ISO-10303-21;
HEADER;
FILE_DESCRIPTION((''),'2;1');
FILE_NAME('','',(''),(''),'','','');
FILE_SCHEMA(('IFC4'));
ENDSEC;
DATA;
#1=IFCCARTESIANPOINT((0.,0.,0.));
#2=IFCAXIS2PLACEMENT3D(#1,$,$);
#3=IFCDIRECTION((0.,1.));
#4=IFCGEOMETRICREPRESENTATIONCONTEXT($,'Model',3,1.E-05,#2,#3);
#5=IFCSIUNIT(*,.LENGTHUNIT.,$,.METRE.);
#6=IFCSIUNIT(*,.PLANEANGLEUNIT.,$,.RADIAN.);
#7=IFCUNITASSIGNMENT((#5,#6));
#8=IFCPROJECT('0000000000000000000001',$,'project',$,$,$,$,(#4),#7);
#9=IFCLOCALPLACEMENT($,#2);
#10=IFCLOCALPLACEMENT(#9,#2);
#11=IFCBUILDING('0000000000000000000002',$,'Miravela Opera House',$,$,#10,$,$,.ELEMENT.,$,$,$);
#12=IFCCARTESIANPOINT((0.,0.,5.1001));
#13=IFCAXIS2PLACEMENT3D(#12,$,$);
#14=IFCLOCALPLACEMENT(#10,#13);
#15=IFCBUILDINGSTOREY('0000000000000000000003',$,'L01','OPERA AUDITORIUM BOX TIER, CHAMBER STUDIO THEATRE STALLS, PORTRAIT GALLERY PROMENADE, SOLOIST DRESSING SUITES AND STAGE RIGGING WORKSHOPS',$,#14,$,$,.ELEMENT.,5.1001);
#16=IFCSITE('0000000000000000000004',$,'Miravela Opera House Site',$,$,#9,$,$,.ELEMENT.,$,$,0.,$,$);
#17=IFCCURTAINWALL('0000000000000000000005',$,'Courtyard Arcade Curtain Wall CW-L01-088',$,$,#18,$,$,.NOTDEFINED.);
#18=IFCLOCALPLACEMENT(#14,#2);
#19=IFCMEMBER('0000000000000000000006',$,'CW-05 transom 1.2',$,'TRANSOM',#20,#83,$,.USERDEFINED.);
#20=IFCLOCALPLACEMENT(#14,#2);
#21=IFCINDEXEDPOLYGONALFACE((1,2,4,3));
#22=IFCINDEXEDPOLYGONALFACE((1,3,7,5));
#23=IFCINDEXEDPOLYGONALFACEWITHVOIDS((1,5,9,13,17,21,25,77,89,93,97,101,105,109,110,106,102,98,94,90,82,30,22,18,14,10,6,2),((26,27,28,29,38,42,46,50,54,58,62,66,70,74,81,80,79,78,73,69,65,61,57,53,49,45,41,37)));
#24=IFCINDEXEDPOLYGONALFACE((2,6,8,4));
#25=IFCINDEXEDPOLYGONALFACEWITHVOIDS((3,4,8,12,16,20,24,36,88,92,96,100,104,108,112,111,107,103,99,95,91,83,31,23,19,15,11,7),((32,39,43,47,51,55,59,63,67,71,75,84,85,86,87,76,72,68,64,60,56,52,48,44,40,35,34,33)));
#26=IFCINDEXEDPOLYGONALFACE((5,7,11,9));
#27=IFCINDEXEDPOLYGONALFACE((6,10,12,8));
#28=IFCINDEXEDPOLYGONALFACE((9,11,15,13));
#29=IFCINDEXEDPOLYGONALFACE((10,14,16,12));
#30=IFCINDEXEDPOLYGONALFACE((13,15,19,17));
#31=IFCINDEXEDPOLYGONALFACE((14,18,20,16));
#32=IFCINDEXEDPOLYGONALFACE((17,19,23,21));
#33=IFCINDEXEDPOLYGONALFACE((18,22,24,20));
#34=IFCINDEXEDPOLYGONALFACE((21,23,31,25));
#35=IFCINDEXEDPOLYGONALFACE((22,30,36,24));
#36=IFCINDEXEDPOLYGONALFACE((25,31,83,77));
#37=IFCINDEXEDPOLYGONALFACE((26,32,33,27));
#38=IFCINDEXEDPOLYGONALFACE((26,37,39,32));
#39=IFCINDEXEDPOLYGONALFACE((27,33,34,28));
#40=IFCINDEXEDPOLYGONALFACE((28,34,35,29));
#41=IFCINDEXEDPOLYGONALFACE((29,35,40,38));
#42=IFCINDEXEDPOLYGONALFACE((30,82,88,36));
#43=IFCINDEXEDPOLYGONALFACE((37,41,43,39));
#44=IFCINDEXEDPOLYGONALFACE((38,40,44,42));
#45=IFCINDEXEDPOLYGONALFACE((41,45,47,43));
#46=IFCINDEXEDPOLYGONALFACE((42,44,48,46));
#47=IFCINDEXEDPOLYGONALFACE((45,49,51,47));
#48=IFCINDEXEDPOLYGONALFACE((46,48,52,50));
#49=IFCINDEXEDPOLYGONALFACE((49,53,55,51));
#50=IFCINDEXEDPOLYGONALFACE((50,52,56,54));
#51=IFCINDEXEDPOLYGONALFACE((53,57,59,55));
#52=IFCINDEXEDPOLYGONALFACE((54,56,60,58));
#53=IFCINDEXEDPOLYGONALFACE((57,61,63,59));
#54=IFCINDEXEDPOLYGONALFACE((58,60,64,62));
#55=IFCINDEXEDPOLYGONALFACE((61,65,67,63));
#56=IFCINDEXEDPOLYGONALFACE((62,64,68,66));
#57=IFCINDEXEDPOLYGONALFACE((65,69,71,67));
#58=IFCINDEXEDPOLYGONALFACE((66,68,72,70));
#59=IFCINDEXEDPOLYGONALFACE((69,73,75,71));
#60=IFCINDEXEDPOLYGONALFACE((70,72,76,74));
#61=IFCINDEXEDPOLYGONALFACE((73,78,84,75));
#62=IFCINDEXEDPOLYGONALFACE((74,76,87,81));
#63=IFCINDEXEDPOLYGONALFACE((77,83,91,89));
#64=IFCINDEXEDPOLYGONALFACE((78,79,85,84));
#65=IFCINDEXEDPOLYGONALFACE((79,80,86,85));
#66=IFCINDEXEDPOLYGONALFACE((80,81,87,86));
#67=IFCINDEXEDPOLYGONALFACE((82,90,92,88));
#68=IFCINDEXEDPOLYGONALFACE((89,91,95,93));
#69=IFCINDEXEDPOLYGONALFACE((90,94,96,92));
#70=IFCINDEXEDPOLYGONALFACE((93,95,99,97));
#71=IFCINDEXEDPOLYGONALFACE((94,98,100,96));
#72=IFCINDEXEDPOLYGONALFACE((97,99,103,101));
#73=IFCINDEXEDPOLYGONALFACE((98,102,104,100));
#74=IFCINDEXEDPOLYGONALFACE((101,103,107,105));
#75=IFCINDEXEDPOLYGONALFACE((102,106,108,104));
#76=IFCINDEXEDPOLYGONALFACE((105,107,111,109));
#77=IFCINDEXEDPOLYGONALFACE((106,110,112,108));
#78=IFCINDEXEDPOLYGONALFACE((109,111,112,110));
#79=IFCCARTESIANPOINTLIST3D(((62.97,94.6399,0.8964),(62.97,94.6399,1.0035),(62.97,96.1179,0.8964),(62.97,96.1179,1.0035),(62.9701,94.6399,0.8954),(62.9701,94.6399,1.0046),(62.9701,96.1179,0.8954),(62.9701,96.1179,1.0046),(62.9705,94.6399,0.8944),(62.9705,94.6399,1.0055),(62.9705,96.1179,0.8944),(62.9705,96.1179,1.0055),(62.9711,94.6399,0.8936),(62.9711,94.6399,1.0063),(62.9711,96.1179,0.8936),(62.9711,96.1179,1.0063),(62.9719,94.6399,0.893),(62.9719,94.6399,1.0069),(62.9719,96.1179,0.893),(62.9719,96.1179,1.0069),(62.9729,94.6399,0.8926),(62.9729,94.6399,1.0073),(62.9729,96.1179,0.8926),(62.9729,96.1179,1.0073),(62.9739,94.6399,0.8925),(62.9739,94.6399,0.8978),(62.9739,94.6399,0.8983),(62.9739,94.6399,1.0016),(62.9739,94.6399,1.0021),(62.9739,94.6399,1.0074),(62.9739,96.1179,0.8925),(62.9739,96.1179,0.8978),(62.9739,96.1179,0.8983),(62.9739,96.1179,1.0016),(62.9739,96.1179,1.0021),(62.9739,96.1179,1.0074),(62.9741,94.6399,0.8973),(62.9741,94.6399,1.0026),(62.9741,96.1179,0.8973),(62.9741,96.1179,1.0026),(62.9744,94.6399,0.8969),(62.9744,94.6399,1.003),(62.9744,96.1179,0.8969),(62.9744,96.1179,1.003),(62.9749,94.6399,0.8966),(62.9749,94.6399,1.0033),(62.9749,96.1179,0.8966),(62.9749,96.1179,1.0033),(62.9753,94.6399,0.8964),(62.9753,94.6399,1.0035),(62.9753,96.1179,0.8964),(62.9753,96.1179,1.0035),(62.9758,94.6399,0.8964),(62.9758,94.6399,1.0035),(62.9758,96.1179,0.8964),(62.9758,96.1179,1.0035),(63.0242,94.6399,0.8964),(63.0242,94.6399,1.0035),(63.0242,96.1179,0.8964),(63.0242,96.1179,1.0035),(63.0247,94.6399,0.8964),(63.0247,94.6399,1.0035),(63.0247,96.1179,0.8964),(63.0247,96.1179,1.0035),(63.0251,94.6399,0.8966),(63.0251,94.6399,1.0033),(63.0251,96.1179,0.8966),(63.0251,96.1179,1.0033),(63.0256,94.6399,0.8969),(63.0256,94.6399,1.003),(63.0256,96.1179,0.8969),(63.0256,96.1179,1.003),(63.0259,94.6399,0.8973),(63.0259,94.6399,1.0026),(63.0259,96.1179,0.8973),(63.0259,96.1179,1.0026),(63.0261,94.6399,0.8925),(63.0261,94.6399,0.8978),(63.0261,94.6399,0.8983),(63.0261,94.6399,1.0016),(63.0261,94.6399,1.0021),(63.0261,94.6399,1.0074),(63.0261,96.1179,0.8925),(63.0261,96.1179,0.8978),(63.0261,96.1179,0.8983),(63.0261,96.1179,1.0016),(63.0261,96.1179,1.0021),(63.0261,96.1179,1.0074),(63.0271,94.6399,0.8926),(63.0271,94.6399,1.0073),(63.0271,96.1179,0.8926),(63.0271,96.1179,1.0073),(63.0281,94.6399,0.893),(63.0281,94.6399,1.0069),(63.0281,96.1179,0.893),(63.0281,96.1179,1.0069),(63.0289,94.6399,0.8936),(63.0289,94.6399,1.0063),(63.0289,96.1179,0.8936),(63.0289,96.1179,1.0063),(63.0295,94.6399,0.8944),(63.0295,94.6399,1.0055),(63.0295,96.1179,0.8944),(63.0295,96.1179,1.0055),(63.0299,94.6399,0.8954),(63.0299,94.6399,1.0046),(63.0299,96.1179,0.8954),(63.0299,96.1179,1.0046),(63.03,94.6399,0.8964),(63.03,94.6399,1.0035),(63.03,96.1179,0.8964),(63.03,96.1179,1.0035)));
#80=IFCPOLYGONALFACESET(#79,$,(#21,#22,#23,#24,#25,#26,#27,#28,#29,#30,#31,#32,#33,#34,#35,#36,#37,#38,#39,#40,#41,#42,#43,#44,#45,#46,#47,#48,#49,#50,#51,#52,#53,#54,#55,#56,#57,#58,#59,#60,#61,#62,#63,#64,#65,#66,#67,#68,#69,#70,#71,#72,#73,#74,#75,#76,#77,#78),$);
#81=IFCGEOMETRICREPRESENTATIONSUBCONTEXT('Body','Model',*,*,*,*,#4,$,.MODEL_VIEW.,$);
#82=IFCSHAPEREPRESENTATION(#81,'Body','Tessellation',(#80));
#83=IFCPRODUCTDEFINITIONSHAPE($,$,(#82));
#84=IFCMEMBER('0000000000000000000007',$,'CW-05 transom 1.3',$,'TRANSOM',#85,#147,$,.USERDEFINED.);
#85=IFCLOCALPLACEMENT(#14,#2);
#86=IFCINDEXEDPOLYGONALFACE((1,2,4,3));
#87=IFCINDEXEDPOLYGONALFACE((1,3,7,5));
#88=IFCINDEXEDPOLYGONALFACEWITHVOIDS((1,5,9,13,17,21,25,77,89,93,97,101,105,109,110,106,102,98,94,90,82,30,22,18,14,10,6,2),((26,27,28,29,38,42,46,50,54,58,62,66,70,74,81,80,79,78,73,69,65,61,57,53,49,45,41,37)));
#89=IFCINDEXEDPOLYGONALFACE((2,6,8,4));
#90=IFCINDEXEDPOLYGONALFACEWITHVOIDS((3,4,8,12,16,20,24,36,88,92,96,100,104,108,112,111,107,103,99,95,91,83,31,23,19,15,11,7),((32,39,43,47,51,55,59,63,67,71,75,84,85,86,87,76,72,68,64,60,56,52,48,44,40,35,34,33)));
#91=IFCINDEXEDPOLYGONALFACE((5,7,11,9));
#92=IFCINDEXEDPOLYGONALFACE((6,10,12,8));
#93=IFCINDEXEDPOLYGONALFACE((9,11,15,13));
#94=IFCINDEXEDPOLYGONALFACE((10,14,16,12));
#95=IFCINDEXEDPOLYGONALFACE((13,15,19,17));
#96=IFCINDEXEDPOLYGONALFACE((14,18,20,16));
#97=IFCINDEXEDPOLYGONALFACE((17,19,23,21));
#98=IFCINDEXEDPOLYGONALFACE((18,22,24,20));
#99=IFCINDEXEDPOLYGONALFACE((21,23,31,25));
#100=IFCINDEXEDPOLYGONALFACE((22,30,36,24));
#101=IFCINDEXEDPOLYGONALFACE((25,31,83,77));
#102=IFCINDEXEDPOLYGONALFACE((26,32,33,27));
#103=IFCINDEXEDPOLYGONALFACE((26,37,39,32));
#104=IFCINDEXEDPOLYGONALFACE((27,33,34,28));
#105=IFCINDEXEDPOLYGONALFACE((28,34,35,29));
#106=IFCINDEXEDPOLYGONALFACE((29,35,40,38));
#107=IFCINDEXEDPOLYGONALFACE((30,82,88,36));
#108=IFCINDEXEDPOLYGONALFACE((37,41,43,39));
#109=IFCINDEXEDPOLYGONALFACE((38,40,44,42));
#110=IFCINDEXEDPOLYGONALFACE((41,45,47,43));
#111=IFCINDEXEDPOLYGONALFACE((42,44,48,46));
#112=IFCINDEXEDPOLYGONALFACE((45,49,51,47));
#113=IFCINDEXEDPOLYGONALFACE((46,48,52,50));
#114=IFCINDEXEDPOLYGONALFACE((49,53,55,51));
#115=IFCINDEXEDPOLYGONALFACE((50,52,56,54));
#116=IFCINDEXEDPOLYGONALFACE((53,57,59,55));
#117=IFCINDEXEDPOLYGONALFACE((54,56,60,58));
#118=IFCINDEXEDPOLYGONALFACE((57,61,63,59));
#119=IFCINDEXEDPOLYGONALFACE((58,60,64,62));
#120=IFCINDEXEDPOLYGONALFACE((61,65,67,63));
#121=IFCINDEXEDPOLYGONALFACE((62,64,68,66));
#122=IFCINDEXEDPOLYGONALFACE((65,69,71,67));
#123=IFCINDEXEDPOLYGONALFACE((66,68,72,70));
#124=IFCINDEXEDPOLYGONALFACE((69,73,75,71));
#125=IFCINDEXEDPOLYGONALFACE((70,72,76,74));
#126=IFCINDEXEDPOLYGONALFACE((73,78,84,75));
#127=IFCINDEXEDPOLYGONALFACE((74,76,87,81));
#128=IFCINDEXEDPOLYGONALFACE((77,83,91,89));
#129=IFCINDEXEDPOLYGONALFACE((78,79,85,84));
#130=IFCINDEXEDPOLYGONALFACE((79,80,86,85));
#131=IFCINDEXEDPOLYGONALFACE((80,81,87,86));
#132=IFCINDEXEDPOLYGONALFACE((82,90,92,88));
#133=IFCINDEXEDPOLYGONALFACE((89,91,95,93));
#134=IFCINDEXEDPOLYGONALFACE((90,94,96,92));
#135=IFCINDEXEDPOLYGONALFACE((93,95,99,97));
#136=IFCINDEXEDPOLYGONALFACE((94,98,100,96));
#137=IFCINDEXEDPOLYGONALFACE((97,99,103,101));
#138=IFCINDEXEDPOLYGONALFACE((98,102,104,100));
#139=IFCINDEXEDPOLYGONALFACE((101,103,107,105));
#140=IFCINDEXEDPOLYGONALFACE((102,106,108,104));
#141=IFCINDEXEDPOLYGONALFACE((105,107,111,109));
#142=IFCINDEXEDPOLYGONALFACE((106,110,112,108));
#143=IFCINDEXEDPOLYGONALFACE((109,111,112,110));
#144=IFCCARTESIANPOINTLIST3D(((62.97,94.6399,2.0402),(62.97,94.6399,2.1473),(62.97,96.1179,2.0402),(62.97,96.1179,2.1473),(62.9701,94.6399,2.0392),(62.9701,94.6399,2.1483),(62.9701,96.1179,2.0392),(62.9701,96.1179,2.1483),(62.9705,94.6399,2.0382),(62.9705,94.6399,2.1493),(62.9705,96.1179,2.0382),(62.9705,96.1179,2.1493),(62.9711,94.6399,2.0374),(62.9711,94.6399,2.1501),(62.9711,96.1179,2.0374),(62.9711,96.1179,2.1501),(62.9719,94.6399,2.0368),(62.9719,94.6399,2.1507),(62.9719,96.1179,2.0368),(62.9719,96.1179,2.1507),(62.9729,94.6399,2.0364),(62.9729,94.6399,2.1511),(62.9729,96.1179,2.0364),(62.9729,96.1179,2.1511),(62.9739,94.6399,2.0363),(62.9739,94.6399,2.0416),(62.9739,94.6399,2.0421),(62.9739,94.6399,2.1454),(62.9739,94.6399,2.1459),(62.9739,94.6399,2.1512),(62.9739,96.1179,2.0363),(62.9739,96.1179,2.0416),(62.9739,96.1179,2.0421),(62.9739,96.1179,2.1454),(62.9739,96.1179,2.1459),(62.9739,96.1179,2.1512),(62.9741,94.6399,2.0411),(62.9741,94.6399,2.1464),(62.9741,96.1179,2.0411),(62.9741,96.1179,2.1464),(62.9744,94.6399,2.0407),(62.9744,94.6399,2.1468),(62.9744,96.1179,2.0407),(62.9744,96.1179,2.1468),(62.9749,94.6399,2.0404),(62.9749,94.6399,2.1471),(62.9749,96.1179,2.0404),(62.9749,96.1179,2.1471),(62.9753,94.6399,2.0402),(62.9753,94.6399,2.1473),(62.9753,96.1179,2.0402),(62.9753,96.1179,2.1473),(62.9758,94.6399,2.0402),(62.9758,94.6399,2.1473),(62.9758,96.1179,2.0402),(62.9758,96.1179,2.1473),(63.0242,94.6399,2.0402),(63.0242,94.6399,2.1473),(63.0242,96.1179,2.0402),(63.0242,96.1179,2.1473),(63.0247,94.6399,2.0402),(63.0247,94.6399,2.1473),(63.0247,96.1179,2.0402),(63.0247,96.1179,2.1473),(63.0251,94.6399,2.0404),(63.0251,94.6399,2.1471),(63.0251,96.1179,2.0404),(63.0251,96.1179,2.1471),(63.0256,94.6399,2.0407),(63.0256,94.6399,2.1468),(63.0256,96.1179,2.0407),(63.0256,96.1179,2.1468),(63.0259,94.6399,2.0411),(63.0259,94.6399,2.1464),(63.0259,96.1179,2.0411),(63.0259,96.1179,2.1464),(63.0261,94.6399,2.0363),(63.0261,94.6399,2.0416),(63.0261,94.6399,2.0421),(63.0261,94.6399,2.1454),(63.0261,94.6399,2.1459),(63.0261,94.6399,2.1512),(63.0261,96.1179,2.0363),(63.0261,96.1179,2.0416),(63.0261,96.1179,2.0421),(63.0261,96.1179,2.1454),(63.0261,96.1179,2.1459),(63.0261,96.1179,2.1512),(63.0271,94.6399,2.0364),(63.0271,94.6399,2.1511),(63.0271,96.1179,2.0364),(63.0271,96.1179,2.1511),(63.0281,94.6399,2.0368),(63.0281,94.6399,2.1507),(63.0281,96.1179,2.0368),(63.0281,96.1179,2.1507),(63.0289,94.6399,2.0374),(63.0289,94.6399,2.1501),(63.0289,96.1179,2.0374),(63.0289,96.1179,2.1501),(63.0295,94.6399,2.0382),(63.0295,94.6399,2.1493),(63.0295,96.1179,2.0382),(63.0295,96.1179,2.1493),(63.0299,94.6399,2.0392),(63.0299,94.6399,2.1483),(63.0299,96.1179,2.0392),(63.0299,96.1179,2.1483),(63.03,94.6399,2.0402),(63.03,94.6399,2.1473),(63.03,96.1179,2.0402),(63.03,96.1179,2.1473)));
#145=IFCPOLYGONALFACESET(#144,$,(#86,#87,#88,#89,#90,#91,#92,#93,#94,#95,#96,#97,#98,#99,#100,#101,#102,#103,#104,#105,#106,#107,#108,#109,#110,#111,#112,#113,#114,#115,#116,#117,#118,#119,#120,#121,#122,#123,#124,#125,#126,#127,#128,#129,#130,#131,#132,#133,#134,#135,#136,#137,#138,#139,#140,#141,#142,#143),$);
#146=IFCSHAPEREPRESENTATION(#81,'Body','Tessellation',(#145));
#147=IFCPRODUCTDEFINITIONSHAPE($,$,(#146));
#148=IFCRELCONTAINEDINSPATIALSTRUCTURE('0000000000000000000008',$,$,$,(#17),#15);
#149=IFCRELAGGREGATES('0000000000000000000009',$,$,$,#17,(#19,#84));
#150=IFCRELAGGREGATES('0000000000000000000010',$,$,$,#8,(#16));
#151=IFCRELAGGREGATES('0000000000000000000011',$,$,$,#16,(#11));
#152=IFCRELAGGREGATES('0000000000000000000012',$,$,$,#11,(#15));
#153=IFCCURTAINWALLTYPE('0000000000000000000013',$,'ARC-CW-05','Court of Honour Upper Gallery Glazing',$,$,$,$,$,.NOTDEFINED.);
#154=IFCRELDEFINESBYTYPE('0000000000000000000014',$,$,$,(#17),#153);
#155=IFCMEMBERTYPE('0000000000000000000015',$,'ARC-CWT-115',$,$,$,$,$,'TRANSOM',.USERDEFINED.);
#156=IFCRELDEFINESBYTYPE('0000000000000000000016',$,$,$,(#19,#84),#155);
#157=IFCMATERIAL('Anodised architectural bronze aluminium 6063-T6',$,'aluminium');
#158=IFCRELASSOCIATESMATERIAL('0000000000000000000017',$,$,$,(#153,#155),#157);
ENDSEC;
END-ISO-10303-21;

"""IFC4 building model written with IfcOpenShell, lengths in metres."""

from ifc_helpers import new_model, si_unit, direction, frame, origin, origin_2d, place, context, subcontext, project, spatial, hollow_rectangle, extrude, material, material_profile, profile_set, type_object, element, aggregate, save


model = new_model("IFC4")

# Units and contexts
model_context = context("Model", 3, precision=1e-05, world=origin(), true_north=direction((0.0, 1.0)))
body_context = subcontext(model_context, "Body", "Model", "MODEL_VIEW")
ifc_project = project(units=[si_unit("LENGTHUNIT", "METRE"), si_unit("PLANEANGLEUNIT", "RADIAN")], contexts=[model_context])

# Site, building, storey
site_placement = place(None, origin())
site = spatial("IfcSite", under=ifc_project, at=site_placement, Name="Miravela Opera House Site", CompositionType="ELEMENT", RefElevation=0.0)
building_placement = place(site_placement, origin())
building = spatial("IfcBuilding", under=site, at=building_placement, Name="Miravela Opera House", CompositionType="ELEMENT")
storey_placement = place(building_placement, frame((0.0, 0.0, 5.1001)))
storey = spatial("IfcBuildingStorey", under=building, at=storey_placement, Name="L01", Description="OPERA AUDITORIUM BOX TIER, CHAMBER STUDIO THEATRE STALLS, PORTRAIT GALLERY PROMENADE, SOLOIST DRESSING SUITES AND STAGE RIGGING WORKSHOPS", CompositionType="ELEMENT", Elevation=5.1001)

# Curtain wall, members
ifc_material_1 = material(Name="Anodised architectural bronze aluminium 6063-T6", Category="aluminium")
curtain_wall_type = type_object("IfcCurtainWallType", Name="ARC-CW-05", Description="Court of Honour Upper Gallery Glazing", PredefinedType="NOTDEFINED", material=ifc_material_1)
curtain_wall_1_placement = place(storey_placement, origin())
curtain_wall_1 = element("IfcCurtainWall", 1, at=curtain_wall_1_placement, inside=storey, type_object=curtain_wall_type, Name="Courtyard Arcade Curtain Wall CW-L01-088", PredefinedType="NOTDEFINED")
ifc_material_profile_1 = material_profile(ifc_material_1, hollow_rectangle(XDim=0.0601, YDim=0.115, WallThickness=0.0039, InnerFilletRadius=0.002, OuterFilletRadius=0.0039, at=origin_2d()), Name="CWT-60X115")
ifc_profile_set_1 = profile_set([ifc_material_profile_1])
member_type_1 = type_object("IfcMemberType", Name="ARC-CWT-115", ElementType="TRANSOM", PredefinedType="USERDEFINED", material=ifc_profile_set_1)
member_1_placement = place(storey_placement, frame((63.0, 94.6399, 0.95), z_axis=(0.0, 1.0, 0.0), x_axis=(-1.0, 0.0, 0.0)))
member_1 = element("IfcMember", 2, at=member_1_placement, type_object=member_type_1, Name="CW-05 transom 1.2", ObjectType="TRANSOM", PredefinedType="USERDEFINED", context=body_context, shape_type="SweptSolid", body=[
    extrude(hollow_rectangle(XDim=0.0601, YDim=0.115, WallThickness=0.0039, InnerFilletRadius=0.002, OuterFilletRadius=0.0039, at=origin_2d()), origin(), (0.0, 0.0, 1.0), 1.478),
])
member_2_placement = place(storey_placement, frame((63.0, 94.6399, 2.0938), z_axis=(0.0, 1.0, 0.0), x_axis=(-1.0, 0.0, 0.0)))
member_2 = element("IfcMember", 3, at=member_2_placement, type_object=member_type_1, Name="CW-05 transom 1.3", ObjectType="TRANSOM", PredefinedType="USERDEFINED", context=body_context, shape_type="SweptSolid", body=[
    extrude(hollow_rectangle(XDim=0.0601, YDim=0.115, WallThickness=0.0039, InnerFilletRadius=0.002, OuterFilletRadius=0.0039, at=origin_2d()), origin(), (0.0, 0.0, 1.0), 1.478),
])

aggregate(curtain_wall_1, [member_1, member_2])

save(model, "model.ifc")
